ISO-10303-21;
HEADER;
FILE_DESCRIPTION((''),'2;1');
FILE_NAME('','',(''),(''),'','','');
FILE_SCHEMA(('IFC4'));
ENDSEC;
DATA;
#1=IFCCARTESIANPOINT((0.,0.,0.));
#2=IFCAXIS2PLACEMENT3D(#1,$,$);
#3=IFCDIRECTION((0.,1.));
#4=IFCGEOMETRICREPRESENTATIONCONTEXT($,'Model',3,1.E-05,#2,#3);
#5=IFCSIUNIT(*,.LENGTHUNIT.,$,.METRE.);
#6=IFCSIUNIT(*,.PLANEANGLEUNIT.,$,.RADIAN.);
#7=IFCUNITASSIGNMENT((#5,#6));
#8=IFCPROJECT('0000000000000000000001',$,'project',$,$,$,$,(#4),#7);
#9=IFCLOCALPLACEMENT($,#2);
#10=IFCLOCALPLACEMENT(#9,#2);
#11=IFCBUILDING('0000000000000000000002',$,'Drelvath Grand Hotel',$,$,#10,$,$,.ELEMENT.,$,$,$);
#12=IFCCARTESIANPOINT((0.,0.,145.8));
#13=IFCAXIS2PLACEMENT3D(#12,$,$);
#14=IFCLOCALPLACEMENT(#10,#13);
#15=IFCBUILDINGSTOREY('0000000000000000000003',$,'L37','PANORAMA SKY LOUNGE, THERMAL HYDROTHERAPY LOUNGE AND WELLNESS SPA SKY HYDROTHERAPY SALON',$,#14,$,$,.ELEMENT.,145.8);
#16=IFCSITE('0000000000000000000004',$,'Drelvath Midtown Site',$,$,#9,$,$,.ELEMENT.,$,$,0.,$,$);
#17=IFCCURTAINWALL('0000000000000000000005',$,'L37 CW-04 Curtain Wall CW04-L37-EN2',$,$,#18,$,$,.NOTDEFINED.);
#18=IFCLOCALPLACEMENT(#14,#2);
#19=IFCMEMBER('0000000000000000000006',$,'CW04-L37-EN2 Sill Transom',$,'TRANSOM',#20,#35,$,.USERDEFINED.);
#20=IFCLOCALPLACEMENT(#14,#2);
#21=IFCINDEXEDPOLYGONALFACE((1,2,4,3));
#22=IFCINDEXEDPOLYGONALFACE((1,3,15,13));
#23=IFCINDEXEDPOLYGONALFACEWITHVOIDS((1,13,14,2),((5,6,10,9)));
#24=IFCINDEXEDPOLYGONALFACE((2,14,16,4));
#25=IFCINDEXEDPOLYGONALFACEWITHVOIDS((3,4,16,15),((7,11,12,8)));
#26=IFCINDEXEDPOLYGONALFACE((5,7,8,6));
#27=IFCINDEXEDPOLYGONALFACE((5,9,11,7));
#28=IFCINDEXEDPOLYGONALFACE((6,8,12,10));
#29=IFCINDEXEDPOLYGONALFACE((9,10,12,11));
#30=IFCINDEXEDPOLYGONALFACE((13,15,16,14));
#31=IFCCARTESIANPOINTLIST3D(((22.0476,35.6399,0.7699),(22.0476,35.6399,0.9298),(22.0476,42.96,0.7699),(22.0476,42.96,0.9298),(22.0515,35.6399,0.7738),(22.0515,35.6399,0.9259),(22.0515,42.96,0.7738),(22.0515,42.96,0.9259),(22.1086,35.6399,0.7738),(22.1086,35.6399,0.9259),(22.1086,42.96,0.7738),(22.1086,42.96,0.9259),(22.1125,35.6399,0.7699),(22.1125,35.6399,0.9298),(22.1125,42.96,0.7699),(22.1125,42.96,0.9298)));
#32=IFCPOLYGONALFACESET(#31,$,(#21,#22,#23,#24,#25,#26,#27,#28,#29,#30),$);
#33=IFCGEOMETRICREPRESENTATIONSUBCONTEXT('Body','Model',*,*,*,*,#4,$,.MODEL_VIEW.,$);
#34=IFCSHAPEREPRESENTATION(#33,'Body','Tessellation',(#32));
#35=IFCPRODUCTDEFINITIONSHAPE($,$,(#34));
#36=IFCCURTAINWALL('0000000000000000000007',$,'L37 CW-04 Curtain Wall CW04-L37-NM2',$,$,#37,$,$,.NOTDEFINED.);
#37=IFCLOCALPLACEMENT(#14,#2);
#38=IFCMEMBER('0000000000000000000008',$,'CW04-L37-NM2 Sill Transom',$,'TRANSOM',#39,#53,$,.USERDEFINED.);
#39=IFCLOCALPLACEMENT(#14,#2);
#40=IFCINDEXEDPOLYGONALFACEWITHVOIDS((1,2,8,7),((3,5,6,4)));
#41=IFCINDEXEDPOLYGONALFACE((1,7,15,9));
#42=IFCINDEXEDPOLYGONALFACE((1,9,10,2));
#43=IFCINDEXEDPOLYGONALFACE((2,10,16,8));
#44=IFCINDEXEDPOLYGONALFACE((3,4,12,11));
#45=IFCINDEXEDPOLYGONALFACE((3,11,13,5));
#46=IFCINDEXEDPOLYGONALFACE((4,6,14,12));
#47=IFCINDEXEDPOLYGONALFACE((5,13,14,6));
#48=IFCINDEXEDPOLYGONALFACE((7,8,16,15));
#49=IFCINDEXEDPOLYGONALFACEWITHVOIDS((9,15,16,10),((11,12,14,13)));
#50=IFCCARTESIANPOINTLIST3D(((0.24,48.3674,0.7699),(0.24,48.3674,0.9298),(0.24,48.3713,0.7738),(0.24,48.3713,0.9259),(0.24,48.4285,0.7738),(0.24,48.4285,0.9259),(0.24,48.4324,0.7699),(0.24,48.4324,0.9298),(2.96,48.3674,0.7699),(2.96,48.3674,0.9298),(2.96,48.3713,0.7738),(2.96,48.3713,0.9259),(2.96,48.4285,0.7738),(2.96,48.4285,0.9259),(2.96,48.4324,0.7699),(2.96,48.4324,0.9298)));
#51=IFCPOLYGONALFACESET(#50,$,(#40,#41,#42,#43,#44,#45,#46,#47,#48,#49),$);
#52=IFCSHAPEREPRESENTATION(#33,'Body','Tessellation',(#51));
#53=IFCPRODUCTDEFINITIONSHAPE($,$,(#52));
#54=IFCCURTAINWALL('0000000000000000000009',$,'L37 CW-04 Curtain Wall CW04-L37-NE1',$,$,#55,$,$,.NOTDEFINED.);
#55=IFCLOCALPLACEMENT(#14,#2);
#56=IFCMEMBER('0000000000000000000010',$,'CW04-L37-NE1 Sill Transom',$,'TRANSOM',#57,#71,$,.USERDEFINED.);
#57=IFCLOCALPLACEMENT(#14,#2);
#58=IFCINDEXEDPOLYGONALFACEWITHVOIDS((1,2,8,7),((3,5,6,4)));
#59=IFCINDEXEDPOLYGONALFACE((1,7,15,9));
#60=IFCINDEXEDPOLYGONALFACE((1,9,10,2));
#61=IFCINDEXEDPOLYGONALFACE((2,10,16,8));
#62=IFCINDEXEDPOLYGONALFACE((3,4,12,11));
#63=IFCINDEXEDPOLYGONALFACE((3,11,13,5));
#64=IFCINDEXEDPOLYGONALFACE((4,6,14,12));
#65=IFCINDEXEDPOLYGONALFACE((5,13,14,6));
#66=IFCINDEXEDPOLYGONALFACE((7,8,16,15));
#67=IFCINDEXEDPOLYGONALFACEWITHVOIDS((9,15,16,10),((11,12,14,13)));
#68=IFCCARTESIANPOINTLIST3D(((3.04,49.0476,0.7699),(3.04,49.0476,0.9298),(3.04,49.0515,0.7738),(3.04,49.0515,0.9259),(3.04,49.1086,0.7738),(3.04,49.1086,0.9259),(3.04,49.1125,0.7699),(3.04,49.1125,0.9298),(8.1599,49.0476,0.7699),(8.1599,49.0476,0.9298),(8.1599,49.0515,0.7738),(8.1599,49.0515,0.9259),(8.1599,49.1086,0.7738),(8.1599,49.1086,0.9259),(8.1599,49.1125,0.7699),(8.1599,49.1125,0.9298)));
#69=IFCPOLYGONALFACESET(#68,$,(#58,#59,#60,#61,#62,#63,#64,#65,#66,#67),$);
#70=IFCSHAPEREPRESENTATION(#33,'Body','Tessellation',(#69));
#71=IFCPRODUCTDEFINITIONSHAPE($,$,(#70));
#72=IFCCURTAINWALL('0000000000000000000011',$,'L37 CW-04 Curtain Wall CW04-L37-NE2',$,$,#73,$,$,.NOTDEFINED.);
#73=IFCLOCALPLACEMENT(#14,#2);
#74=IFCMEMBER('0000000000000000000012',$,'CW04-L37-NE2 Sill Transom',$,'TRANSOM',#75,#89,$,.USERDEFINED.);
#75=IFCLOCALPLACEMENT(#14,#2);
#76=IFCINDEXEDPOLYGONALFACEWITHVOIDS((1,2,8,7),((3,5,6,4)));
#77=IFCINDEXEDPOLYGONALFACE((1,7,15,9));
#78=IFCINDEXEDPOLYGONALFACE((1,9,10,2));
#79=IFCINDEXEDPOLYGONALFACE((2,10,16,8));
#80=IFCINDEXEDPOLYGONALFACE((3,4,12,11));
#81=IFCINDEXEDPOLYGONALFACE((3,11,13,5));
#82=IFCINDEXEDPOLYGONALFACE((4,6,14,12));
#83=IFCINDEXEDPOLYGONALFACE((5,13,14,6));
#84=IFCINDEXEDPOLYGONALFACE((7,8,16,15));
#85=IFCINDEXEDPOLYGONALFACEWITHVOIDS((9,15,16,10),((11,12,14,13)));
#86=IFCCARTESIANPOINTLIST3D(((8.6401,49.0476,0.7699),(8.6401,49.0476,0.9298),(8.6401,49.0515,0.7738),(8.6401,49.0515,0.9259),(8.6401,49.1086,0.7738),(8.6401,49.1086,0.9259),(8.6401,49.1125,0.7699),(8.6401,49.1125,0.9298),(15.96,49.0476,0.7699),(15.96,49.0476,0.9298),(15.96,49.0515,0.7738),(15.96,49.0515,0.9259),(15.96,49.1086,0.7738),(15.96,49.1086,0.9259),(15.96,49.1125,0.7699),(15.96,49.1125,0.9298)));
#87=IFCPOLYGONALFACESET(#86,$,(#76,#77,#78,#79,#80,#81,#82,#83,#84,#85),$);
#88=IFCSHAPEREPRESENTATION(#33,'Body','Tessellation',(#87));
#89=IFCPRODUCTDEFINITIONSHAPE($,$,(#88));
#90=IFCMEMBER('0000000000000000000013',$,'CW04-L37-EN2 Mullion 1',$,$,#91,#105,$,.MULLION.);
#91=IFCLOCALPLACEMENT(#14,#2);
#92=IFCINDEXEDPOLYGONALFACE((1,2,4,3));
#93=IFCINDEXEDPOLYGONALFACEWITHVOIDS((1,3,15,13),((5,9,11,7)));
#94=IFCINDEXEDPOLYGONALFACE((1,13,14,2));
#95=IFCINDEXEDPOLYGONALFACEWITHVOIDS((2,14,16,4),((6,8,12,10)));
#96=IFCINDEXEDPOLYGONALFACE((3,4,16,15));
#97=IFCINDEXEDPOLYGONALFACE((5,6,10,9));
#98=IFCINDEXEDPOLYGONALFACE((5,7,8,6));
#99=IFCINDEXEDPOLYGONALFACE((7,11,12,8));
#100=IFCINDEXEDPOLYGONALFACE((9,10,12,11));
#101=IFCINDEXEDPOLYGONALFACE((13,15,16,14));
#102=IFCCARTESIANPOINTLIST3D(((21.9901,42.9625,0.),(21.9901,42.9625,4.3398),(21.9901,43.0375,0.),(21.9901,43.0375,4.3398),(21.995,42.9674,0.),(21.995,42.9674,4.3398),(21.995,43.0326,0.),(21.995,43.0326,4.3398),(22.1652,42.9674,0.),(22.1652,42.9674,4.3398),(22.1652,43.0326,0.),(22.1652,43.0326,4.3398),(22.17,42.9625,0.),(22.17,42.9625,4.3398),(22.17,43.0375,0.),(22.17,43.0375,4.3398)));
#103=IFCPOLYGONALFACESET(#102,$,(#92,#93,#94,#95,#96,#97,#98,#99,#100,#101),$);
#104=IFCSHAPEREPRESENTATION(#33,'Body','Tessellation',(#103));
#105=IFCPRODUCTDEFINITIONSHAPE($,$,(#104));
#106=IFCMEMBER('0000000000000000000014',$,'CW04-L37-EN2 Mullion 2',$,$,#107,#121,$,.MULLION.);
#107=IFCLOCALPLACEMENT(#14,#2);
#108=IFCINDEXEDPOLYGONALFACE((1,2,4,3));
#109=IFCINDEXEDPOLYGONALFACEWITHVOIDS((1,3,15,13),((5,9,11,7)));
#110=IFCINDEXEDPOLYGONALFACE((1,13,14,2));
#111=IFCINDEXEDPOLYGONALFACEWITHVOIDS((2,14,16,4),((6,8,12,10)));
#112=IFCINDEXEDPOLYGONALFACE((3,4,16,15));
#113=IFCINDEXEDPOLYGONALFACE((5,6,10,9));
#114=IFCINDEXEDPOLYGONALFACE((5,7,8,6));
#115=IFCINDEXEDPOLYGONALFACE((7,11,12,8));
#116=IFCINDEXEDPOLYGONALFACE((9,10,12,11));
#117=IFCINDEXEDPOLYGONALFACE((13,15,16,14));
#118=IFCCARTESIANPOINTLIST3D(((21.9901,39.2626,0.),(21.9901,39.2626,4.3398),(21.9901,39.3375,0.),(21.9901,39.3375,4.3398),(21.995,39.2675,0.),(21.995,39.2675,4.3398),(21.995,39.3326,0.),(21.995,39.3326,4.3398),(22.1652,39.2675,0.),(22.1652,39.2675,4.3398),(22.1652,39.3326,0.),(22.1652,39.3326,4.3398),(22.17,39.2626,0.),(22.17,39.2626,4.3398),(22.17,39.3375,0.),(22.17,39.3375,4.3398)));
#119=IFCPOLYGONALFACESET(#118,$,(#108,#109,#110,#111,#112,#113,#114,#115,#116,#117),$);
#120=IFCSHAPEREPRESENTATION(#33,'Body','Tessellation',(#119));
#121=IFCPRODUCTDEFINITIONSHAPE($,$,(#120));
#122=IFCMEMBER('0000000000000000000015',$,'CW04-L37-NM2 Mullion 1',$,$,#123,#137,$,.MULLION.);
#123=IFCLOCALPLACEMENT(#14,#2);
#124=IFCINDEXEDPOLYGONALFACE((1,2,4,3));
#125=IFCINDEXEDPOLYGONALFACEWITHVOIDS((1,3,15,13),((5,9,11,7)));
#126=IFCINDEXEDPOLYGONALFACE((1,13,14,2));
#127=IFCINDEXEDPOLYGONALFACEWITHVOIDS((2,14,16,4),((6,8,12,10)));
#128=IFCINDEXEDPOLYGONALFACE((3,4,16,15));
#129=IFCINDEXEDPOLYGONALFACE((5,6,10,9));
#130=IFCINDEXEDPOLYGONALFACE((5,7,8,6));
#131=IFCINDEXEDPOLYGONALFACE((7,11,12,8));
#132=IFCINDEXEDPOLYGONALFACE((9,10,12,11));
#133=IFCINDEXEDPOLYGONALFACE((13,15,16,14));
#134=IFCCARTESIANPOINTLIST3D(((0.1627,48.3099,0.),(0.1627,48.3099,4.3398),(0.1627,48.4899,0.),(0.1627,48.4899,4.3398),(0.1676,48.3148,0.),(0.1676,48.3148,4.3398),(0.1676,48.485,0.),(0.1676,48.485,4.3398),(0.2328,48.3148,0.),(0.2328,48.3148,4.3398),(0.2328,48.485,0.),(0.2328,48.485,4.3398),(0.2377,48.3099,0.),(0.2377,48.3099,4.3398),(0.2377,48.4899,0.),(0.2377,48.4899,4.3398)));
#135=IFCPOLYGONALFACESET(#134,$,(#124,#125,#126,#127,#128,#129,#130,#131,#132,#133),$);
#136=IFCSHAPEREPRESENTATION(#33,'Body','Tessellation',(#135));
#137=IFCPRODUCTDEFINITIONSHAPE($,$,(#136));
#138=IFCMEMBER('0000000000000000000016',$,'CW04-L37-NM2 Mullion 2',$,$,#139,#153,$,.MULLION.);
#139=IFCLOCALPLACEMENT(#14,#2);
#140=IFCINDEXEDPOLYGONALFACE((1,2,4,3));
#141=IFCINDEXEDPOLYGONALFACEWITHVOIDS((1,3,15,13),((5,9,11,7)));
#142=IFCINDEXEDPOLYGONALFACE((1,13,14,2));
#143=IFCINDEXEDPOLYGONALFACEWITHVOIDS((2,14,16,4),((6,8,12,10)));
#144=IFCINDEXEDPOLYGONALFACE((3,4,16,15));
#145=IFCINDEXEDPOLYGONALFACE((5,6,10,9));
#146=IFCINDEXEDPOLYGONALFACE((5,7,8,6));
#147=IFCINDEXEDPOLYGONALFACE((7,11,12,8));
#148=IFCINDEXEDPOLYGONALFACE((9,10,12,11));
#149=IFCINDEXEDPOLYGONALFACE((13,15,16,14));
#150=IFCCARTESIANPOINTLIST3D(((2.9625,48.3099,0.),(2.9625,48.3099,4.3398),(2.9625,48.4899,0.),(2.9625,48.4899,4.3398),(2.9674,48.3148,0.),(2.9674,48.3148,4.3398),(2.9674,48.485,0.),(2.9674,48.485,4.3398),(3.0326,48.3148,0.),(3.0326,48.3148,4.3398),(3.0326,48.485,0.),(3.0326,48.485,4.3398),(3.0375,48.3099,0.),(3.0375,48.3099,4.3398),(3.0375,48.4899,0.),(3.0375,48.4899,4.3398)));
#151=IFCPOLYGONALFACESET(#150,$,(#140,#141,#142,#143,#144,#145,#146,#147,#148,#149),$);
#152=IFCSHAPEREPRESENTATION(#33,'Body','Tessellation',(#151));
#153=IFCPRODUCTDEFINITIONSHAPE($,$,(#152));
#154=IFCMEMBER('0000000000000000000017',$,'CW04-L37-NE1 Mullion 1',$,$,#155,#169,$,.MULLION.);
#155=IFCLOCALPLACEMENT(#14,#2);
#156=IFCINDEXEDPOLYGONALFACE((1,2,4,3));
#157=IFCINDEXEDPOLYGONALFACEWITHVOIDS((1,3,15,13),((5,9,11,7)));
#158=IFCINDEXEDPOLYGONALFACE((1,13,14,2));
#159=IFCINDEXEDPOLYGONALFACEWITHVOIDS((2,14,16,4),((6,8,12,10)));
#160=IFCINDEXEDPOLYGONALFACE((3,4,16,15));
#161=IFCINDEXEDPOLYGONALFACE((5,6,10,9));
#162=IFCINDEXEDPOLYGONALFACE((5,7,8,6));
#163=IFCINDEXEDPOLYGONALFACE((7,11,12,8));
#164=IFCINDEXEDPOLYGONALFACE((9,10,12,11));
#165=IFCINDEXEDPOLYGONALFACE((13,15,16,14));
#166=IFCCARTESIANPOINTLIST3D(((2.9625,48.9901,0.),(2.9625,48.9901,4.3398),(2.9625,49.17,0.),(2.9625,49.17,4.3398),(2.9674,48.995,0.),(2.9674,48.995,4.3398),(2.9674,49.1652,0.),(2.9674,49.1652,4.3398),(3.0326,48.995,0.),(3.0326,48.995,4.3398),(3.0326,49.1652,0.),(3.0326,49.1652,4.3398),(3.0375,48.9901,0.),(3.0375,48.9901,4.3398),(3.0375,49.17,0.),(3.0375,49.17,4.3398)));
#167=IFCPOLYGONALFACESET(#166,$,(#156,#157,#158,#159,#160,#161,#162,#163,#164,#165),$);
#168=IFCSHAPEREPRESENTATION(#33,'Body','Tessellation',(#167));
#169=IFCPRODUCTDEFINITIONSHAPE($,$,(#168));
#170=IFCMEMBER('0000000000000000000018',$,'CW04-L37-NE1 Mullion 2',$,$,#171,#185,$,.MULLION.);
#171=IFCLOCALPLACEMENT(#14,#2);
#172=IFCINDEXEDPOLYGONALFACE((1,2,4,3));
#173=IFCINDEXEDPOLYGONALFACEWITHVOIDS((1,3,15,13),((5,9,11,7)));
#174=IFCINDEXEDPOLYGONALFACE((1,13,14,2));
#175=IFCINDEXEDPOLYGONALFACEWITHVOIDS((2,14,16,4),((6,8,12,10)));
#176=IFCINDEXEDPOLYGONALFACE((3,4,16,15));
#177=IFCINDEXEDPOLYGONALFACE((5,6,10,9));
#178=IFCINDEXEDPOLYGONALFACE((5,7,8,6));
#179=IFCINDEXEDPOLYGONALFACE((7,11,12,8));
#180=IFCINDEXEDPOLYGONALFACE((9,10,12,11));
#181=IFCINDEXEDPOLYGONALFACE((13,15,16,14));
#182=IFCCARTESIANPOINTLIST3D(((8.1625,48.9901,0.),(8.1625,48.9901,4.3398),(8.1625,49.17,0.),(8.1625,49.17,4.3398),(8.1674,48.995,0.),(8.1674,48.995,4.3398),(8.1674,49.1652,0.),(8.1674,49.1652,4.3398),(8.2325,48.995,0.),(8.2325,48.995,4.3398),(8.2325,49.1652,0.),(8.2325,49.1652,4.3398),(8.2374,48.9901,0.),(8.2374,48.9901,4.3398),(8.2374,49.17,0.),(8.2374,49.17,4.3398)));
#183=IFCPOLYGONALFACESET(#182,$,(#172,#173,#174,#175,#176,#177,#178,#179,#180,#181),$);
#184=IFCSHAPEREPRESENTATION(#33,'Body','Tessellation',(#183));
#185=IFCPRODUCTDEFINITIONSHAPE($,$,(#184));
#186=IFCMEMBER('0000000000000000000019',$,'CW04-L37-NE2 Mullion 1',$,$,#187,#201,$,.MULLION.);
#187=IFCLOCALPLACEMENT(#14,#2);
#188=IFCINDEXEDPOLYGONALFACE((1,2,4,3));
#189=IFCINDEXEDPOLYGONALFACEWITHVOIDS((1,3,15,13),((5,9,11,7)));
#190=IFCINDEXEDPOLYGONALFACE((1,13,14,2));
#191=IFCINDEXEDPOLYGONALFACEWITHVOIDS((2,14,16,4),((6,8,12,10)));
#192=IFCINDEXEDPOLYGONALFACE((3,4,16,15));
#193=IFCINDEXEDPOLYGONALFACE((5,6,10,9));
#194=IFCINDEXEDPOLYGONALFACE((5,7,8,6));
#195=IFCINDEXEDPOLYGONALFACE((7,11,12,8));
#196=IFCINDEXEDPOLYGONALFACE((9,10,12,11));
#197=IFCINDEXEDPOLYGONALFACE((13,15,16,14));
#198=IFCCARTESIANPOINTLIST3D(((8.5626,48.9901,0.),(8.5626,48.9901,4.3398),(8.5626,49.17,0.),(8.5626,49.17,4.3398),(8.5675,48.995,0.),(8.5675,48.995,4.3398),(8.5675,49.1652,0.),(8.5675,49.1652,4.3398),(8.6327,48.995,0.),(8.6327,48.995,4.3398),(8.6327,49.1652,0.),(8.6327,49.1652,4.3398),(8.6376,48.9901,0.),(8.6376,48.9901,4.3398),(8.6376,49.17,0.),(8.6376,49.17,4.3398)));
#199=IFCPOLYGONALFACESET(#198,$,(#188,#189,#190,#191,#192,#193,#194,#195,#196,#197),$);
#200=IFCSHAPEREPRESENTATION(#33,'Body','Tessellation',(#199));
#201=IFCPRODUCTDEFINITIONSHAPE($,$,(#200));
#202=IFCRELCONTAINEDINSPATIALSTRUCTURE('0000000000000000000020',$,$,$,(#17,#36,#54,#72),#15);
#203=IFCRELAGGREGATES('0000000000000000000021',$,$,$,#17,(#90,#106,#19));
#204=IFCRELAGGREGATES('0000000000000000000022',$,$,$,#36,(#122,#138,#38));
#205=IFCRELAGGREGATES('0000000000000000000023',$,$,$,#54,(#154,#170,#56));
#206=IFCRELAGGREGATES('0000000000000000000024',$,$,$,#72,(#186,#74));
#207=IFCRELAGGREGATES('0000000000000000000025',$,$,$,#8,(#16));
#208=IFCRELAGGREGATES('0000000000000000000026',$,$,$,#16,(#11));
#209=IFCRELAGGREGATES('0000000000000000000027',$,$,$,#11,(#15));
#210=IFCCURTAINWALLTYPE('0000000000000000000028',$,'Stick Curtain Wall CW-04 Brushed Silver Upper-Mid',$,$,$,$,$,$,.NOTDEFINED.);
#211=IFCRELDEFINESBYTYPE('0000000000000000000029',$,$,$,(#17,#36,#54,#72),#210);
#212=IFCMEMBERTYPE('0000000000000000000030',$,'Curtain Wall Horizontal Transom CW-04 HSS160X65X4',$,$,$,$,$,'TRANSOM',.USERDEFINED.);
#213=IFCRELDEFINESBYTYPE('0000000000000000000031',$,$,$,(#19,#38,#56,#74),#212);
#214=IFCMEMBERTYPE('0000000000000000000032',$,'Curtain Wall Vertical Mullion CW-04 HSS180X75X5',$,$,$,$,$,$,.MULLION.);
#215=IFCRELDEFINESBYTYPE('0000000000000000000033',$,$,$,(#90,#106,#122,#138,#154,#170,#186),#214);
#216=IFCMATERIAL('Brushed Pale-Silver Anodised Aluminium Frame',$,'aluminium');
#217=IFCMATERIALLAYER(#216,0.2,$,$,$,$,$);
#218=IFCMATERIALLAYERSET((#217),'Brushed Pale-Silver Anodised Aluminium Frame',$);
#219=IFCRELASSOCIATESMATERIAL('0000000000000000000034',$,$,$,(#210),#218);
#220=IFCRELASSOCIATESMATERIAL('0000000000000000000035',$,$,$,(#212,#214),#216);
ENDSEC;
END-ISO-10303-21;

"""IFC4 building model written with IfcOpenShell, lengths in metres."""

from ifc_helpers import new_model, si_unit, direction, frame, origin, origin_2d, place, context, subcontext, project, spatial, hollow_rectangle, extrude, material, layer, layer_set, material_profile, profile_set, type_object, element, aggregate, save


model = new_model("IFC4")

# Units and contexts
model_context = context("Model", 3, precision=1e-05, world=origin(), true_north=direction((0.0, 1.0)))
body_context = subcontext(model_context, "Body", "Model", "MODEL_VIEW")
ifc_project = project(units=[si_unit("LENGTHUNIT", "METRE"), si_unit("PLANEANGLEUNIT", "RADIAN")], contexts=[model_context])

# Site, building, storey
site_placement = place(None, origin())
site = spatial("IfcSite", under=ifc_project, at=site_placement, Name="Drelvath Midtown Site", CompositionType="ELEMENT", RefElevation=0.0)
building_placement = place(site_placement, origin())
building = spatial("IfcBuilding", under=site, at=building_placement, Name="Drelvath Grand Hotel", CompositionType="ELEMENT")
storey_placement = place(building_placement, frame((0.0, 0.0, 145.8)))
storey = spatial("IfcBuildingStorey", under=building, at=storey_placement, Name="L37", Description="PANORAMA SKY LOUNGE, THERMAL HYDROTHERAPY LOUNGE AND WELLNESS SPA SKY HYDROTHERAPY SALON", CompositionType="ELEMENT", Elevation=145.8)

# Curtain walls, members
ifc_material_1 = material(Name="Brushed Pale-Silver Anodised Aluminium Frame", Category="aluminium")
ifc_layer_1 = layer(ifc_material_1, 0.2)
ifc_layer_set_1 = layer_set([ifc_layer_1], Name="Brushed Pale-Silver Anodised Aluminium Frame")
curtain_wall_type = type_object("IfcCurtainWallType", Name="Stick Curtain Wall CW-04 Brushed Silver Upper-Mid", PredefinedType="NOTDEFINED", material=ifc_layer_set_1)
curtain_wall_1_placement = place(storey_placement, origin())
curtain_wall_1 = element("IfcCurtainWall", 1, at=curtain_wall_1_placement, inside=storey, type_object=curtain_wall_type, Name="L37 CW-04 Curtain Wall CW04-L37-EN2", PredefinedType="NOTDEFINED")
ifc_material_profile_1 = material_profile(ifc_material_1, hollow_rectangle(XDim=0.0649, YDim=0.1599, WallThickness=0.0039, at=origin_2d()), Name="HSS160X65X4")
ifc_profile_set_1 = profile_set([ifc_material_profile_1], Name="Brushed Pale-Silver Anodised Aluminium Frame")
member_type_1 = type_object("IfcMemberType", Name="Curtain Wall Horizontal Transom CW-04 HSS160X65X4", ElementType="TRANSOM", PredefinedType="USERDEFINED", material=ifc_profile_set_1)
member_1_placement = place(storey_placement, frame((22.0801, 42.96, 0.8499), z_axis=(0.0, -1.0, 0.0), x_axis=(1.0, 0.0, 0.0)))
member_1 = element("IfcMember", 2, at=member_1_placement, type_object=member_type_1, Name="CW04-L37-EN2 Sill Transom", ObjectType="TRANSOM", PredefinedType="USERDEFINED", context=body_context, shape_type="SweptSolid", body=[
    extrude(hollow_rectangle(XDim=0.0649, YDim=0.1599, WallThickness=0.0039, at=origin_2d()), origin(), (0.0, 0.0, 1.0), 7.3201),
])
curtain_wall_2_placement = place(storey_placement, origin())
curtain_wall_2 = element("IfcCurtainWall", 3, at=curtain_wall_2_placement, inside=storey, type_object=curtain_wall_type, Name="L37 CW-04 Curtain Wall CW04-L37-NM2", PredefinedType="NOTDEFINED")
member_2_placement = place(storey_placement, frame((0.24, 48.3999, 0.8499), z_axis=(1.0, 0.0, 0.0), x_axis=(0.0, 1.0, 0.0)))
member_2 = element("IfcMember", 4, at=member_2_placement, type_object=member_type_1, Name="CW04-L37-NM2 Sill Transom", ObjectType="TRANSOM", PredefinedType="USERDEFINED", context=body_context, shape_type="SweptSolid", body=[
    extrude(hollow_rectangle(XDim=0.0649, YDim=0.1599, WallThickness=0.0039, at=origin_2d()), origin(), (0.0, 0.0, 1.0), 2.72),
])
curtain_wall_3_placement = place(storey_placement, origin())
curtain_wall_3 = element("IfcCurtainWall", 5, at=curtain_wall_3_placement, inside=storey, type_object=curtain_wall_type, Name="L37 CW-04 Curtain Wall CW04-L37-NE1", PredefinedType="NOTDEFINED")
member_3_placement = place(storey_placement, frame((3.04, 49.0801, 0.8499), z_axis=(1.0, 0.0, 0.0), x_axis=(0.0, 1.0, 0.0)))
member_3 = element("IfcMember", 6, at=member_3_placement, type_object=member_type_1, Name="CW04-L37-NE1 Sill Transom", ObjectType="TRANSOM", PredefinedType="USERDEFINED", context=body_context, shape_type="SweptSolid", body=[
    extrude(hollow_rectangle(XDim=0.0649, YDim=0.1599, WallThickness=0.0039, at=origin_2d()), origin(), (0.0, 0.0, 1.0), 5.1199),
])
curtain_wall_4_placement = place(storey_placement, origin())
curtain_wall_4 = element("IfcCurtainWall", 7, at=curtain_wall_4_placement, inside=storey, type_object=curtain_wall_type, Name="L37 CW-04 Curtain Wall CW04-L37-NE2", PredefinedType="NOTDEFINED")
member_4_placement = place(storey_placement, frame((8.6401, 49.0801, 0.8499), z_axis=(1.0, 0.0, 0.0), x_axis=(0.0, 1.0, 0.0)))
member_4 = element("IfcMember", 8, at=member_4_placement, type_object=member_type_1, Name="CW04-L37-NE2 Sill Transom", ObjectType="TRANSOM", PredefinedType="USERDEFINED", context=body_context, shape_type="SweptSolid", body=[
    extrude(hollow_rectangle(XDim=0.0649, YDim=0.1599, WallThickness=0.0039, at=origin_2d()), origin(), (0.0, 0.0, 1.0), 7.3198),
])

# Members
ifc_material_profile_2 = material_profile(ifc_material_1, hollow_rectangle(XDim=0.075, YDim=0.1799, WallThickness=0.0049, at=origin_2d()), Name="HSS180X75X5")
ifc_profile_set_2 = profile_set([ifc_material_profile_2], Name="Brushed Pale-Silver Anodised Aluminium Frame")
member_type_2 = type_object("IfcMemberType", Name="Curtain Wall Vertical Mullion CW-04 HSS180X75X5", PredefinedType="MULLION", material=ifc_profile_set_2)
member_5_placement = place(storey_placement, frame((22.0801, 43.0, 0.0), z_axis=(0.0, 0.0, 1.0), x_axis=(0.0, 1.0, 0.0)))
member_5 = element("IfcMember", 9, at=member_5_placement, type_object=member_type_2, Name="CW04-L37-EN2 Mullion 1", PredefinedType="MULLION", context=body_context, shape_type="SweptSolid", body=[
    extrude(hollow_rectangle(XDim=0.075, YDim=0.1799, WallThickness=0.0049, at=origin_2d()), origin(), (0.0, 0.0, 1.0), 4.3398),
])
member_6_placement = place(storey_placement, frame((22.0801, 39.3, 0.0), z_axis=(0.0, 0.0, 1.0), x_axis=(0.0, 1.0, 0.0)))
member_6 = element("IfcMember", 10, at=member_6_placement, type_object=member_type_2, Name="CW04-L37-EN2 Mullion 2", PredefinedType="MULLION", context=body_context, shape_type="SweptSolid", body=[
    extrude(hollow_rectangle(XDim=0.075, YDim=0.1799, WallThickness=0.0049, at=origin_2d()), origin(), (0.0, 0.0, 1.0), 4.3398),
])
member_7_placement = place(storey_placement, frame((0.2002, 48.3999, 0.0), z_axis=(0.0, 0.0, 1.0), x_axis=(1.0, 0.0, 0.0)))
member_7 = element("IfcMember", 11, at=member_7_placement, type_object=member_type_2, Name="CW04-L37-NM2 Mullion 1", PredefinedType="MULLION", context=body_context, shape_type="SweptSolid", body=[
    extrude(hollow_rectangle(XDim=0.075, YDim=0.1799, WallThickness=0.0049, at=origin_2d()), origin(), (0.0, 0.0, 1.0), 4.3398),
])
member_8_placement = place(storey_placement, frame((3.0, 48.3999, 0.0), z_axis=(0.0, 0.0, 1.0), x_axis=(1.0, 0.0, 0.0)))
member_8 = element("IfcMember", 12, at=member_8_placement, type_object=member_type_2, Name="CW04-L37-NM2 Mullion 2", PredefinedType="MULLION", context=body_context, shape_type="SweptSolid", body=[
    extrude(hollow_rectangle(XDim=0.075, YDim=0.1799, WallThickness=0.0049, at=origin_2d()), origin(), (0.0, 0.0, 1.0), 4.3398),
])
member_9_placement = place(storey_placement, frame((3.0, 49.0801, 0.0), z_axis=(0.0, 0.0, 1.0), x_axis=(1.0, 0.0, 0.0)))
member_9 = element("IfcMember", 13, at=member_9_placement, type_object=member_type_2, Name="CW04-L37-NE1 Mullion 1", PredefinedType="MULLION", context=body_context, shape_type="SweptSolid", body=[
    extrude(hollow_rectangle(XDim=0.075, YDim=0.1799, WallThickness=0.0049, at=origin_2d()), origin(), (0.0, 0.0, 1.0), 4.3398),
])
member_10_placement = place(storey_placement, frame((8.2, 49.0801, 0.0), z_axis=(0.0, 0.0, 1.0), x_axis=(1.0, 0.0, 0.0)))
member_10 = element("IfcMember", 14, at=member_10_placement, type_object=member_type_2, Name="CW04-L37-NE1 Mullion 2", PredefinedType="MULLION", context=body_context, shape_type="SweptSolid", body=[
    extrude(hollow_rectangle(XDim=0.075, YDim=0.1799, WallThickness=0.0049, at=origin_2d()), origin(), (0.0, 0.0, 1.0), 4.3398),
])
member_11_placement = place(storey_placement, frame((8.6001, 49.0801, 0.0), z_axis=(0.0, 0.0, 1.0), x_axis=(1.0, 0.0, 0.0)))
member_11 = element("IfcMember", 15, at=member_11_placement, type_object=member_type_2, Name="CW04-L37-NE2 Mullion 1", PredefinedType="MULLION", context=body_context, shape_type="SweptSolid", body=[
    extrude(hollow_rectangle(XDim=0.075, YDim=0.1799, WallThickness=0.0049, at=origin_2d()), origin(), (0.0, 0.0, 1.0), 4.3398),
])

aggregate(curtain_wall_1, [member_5, member_6, member_1])
aggregate(curtain_wall_2, [member_7, member_8, member_2])
aggregate(curtain_wall_3, [member_9, member_10, member_3])
aggregate(curtain_wall_4, [member_11, member_4])

save(model, "model.ifc")
